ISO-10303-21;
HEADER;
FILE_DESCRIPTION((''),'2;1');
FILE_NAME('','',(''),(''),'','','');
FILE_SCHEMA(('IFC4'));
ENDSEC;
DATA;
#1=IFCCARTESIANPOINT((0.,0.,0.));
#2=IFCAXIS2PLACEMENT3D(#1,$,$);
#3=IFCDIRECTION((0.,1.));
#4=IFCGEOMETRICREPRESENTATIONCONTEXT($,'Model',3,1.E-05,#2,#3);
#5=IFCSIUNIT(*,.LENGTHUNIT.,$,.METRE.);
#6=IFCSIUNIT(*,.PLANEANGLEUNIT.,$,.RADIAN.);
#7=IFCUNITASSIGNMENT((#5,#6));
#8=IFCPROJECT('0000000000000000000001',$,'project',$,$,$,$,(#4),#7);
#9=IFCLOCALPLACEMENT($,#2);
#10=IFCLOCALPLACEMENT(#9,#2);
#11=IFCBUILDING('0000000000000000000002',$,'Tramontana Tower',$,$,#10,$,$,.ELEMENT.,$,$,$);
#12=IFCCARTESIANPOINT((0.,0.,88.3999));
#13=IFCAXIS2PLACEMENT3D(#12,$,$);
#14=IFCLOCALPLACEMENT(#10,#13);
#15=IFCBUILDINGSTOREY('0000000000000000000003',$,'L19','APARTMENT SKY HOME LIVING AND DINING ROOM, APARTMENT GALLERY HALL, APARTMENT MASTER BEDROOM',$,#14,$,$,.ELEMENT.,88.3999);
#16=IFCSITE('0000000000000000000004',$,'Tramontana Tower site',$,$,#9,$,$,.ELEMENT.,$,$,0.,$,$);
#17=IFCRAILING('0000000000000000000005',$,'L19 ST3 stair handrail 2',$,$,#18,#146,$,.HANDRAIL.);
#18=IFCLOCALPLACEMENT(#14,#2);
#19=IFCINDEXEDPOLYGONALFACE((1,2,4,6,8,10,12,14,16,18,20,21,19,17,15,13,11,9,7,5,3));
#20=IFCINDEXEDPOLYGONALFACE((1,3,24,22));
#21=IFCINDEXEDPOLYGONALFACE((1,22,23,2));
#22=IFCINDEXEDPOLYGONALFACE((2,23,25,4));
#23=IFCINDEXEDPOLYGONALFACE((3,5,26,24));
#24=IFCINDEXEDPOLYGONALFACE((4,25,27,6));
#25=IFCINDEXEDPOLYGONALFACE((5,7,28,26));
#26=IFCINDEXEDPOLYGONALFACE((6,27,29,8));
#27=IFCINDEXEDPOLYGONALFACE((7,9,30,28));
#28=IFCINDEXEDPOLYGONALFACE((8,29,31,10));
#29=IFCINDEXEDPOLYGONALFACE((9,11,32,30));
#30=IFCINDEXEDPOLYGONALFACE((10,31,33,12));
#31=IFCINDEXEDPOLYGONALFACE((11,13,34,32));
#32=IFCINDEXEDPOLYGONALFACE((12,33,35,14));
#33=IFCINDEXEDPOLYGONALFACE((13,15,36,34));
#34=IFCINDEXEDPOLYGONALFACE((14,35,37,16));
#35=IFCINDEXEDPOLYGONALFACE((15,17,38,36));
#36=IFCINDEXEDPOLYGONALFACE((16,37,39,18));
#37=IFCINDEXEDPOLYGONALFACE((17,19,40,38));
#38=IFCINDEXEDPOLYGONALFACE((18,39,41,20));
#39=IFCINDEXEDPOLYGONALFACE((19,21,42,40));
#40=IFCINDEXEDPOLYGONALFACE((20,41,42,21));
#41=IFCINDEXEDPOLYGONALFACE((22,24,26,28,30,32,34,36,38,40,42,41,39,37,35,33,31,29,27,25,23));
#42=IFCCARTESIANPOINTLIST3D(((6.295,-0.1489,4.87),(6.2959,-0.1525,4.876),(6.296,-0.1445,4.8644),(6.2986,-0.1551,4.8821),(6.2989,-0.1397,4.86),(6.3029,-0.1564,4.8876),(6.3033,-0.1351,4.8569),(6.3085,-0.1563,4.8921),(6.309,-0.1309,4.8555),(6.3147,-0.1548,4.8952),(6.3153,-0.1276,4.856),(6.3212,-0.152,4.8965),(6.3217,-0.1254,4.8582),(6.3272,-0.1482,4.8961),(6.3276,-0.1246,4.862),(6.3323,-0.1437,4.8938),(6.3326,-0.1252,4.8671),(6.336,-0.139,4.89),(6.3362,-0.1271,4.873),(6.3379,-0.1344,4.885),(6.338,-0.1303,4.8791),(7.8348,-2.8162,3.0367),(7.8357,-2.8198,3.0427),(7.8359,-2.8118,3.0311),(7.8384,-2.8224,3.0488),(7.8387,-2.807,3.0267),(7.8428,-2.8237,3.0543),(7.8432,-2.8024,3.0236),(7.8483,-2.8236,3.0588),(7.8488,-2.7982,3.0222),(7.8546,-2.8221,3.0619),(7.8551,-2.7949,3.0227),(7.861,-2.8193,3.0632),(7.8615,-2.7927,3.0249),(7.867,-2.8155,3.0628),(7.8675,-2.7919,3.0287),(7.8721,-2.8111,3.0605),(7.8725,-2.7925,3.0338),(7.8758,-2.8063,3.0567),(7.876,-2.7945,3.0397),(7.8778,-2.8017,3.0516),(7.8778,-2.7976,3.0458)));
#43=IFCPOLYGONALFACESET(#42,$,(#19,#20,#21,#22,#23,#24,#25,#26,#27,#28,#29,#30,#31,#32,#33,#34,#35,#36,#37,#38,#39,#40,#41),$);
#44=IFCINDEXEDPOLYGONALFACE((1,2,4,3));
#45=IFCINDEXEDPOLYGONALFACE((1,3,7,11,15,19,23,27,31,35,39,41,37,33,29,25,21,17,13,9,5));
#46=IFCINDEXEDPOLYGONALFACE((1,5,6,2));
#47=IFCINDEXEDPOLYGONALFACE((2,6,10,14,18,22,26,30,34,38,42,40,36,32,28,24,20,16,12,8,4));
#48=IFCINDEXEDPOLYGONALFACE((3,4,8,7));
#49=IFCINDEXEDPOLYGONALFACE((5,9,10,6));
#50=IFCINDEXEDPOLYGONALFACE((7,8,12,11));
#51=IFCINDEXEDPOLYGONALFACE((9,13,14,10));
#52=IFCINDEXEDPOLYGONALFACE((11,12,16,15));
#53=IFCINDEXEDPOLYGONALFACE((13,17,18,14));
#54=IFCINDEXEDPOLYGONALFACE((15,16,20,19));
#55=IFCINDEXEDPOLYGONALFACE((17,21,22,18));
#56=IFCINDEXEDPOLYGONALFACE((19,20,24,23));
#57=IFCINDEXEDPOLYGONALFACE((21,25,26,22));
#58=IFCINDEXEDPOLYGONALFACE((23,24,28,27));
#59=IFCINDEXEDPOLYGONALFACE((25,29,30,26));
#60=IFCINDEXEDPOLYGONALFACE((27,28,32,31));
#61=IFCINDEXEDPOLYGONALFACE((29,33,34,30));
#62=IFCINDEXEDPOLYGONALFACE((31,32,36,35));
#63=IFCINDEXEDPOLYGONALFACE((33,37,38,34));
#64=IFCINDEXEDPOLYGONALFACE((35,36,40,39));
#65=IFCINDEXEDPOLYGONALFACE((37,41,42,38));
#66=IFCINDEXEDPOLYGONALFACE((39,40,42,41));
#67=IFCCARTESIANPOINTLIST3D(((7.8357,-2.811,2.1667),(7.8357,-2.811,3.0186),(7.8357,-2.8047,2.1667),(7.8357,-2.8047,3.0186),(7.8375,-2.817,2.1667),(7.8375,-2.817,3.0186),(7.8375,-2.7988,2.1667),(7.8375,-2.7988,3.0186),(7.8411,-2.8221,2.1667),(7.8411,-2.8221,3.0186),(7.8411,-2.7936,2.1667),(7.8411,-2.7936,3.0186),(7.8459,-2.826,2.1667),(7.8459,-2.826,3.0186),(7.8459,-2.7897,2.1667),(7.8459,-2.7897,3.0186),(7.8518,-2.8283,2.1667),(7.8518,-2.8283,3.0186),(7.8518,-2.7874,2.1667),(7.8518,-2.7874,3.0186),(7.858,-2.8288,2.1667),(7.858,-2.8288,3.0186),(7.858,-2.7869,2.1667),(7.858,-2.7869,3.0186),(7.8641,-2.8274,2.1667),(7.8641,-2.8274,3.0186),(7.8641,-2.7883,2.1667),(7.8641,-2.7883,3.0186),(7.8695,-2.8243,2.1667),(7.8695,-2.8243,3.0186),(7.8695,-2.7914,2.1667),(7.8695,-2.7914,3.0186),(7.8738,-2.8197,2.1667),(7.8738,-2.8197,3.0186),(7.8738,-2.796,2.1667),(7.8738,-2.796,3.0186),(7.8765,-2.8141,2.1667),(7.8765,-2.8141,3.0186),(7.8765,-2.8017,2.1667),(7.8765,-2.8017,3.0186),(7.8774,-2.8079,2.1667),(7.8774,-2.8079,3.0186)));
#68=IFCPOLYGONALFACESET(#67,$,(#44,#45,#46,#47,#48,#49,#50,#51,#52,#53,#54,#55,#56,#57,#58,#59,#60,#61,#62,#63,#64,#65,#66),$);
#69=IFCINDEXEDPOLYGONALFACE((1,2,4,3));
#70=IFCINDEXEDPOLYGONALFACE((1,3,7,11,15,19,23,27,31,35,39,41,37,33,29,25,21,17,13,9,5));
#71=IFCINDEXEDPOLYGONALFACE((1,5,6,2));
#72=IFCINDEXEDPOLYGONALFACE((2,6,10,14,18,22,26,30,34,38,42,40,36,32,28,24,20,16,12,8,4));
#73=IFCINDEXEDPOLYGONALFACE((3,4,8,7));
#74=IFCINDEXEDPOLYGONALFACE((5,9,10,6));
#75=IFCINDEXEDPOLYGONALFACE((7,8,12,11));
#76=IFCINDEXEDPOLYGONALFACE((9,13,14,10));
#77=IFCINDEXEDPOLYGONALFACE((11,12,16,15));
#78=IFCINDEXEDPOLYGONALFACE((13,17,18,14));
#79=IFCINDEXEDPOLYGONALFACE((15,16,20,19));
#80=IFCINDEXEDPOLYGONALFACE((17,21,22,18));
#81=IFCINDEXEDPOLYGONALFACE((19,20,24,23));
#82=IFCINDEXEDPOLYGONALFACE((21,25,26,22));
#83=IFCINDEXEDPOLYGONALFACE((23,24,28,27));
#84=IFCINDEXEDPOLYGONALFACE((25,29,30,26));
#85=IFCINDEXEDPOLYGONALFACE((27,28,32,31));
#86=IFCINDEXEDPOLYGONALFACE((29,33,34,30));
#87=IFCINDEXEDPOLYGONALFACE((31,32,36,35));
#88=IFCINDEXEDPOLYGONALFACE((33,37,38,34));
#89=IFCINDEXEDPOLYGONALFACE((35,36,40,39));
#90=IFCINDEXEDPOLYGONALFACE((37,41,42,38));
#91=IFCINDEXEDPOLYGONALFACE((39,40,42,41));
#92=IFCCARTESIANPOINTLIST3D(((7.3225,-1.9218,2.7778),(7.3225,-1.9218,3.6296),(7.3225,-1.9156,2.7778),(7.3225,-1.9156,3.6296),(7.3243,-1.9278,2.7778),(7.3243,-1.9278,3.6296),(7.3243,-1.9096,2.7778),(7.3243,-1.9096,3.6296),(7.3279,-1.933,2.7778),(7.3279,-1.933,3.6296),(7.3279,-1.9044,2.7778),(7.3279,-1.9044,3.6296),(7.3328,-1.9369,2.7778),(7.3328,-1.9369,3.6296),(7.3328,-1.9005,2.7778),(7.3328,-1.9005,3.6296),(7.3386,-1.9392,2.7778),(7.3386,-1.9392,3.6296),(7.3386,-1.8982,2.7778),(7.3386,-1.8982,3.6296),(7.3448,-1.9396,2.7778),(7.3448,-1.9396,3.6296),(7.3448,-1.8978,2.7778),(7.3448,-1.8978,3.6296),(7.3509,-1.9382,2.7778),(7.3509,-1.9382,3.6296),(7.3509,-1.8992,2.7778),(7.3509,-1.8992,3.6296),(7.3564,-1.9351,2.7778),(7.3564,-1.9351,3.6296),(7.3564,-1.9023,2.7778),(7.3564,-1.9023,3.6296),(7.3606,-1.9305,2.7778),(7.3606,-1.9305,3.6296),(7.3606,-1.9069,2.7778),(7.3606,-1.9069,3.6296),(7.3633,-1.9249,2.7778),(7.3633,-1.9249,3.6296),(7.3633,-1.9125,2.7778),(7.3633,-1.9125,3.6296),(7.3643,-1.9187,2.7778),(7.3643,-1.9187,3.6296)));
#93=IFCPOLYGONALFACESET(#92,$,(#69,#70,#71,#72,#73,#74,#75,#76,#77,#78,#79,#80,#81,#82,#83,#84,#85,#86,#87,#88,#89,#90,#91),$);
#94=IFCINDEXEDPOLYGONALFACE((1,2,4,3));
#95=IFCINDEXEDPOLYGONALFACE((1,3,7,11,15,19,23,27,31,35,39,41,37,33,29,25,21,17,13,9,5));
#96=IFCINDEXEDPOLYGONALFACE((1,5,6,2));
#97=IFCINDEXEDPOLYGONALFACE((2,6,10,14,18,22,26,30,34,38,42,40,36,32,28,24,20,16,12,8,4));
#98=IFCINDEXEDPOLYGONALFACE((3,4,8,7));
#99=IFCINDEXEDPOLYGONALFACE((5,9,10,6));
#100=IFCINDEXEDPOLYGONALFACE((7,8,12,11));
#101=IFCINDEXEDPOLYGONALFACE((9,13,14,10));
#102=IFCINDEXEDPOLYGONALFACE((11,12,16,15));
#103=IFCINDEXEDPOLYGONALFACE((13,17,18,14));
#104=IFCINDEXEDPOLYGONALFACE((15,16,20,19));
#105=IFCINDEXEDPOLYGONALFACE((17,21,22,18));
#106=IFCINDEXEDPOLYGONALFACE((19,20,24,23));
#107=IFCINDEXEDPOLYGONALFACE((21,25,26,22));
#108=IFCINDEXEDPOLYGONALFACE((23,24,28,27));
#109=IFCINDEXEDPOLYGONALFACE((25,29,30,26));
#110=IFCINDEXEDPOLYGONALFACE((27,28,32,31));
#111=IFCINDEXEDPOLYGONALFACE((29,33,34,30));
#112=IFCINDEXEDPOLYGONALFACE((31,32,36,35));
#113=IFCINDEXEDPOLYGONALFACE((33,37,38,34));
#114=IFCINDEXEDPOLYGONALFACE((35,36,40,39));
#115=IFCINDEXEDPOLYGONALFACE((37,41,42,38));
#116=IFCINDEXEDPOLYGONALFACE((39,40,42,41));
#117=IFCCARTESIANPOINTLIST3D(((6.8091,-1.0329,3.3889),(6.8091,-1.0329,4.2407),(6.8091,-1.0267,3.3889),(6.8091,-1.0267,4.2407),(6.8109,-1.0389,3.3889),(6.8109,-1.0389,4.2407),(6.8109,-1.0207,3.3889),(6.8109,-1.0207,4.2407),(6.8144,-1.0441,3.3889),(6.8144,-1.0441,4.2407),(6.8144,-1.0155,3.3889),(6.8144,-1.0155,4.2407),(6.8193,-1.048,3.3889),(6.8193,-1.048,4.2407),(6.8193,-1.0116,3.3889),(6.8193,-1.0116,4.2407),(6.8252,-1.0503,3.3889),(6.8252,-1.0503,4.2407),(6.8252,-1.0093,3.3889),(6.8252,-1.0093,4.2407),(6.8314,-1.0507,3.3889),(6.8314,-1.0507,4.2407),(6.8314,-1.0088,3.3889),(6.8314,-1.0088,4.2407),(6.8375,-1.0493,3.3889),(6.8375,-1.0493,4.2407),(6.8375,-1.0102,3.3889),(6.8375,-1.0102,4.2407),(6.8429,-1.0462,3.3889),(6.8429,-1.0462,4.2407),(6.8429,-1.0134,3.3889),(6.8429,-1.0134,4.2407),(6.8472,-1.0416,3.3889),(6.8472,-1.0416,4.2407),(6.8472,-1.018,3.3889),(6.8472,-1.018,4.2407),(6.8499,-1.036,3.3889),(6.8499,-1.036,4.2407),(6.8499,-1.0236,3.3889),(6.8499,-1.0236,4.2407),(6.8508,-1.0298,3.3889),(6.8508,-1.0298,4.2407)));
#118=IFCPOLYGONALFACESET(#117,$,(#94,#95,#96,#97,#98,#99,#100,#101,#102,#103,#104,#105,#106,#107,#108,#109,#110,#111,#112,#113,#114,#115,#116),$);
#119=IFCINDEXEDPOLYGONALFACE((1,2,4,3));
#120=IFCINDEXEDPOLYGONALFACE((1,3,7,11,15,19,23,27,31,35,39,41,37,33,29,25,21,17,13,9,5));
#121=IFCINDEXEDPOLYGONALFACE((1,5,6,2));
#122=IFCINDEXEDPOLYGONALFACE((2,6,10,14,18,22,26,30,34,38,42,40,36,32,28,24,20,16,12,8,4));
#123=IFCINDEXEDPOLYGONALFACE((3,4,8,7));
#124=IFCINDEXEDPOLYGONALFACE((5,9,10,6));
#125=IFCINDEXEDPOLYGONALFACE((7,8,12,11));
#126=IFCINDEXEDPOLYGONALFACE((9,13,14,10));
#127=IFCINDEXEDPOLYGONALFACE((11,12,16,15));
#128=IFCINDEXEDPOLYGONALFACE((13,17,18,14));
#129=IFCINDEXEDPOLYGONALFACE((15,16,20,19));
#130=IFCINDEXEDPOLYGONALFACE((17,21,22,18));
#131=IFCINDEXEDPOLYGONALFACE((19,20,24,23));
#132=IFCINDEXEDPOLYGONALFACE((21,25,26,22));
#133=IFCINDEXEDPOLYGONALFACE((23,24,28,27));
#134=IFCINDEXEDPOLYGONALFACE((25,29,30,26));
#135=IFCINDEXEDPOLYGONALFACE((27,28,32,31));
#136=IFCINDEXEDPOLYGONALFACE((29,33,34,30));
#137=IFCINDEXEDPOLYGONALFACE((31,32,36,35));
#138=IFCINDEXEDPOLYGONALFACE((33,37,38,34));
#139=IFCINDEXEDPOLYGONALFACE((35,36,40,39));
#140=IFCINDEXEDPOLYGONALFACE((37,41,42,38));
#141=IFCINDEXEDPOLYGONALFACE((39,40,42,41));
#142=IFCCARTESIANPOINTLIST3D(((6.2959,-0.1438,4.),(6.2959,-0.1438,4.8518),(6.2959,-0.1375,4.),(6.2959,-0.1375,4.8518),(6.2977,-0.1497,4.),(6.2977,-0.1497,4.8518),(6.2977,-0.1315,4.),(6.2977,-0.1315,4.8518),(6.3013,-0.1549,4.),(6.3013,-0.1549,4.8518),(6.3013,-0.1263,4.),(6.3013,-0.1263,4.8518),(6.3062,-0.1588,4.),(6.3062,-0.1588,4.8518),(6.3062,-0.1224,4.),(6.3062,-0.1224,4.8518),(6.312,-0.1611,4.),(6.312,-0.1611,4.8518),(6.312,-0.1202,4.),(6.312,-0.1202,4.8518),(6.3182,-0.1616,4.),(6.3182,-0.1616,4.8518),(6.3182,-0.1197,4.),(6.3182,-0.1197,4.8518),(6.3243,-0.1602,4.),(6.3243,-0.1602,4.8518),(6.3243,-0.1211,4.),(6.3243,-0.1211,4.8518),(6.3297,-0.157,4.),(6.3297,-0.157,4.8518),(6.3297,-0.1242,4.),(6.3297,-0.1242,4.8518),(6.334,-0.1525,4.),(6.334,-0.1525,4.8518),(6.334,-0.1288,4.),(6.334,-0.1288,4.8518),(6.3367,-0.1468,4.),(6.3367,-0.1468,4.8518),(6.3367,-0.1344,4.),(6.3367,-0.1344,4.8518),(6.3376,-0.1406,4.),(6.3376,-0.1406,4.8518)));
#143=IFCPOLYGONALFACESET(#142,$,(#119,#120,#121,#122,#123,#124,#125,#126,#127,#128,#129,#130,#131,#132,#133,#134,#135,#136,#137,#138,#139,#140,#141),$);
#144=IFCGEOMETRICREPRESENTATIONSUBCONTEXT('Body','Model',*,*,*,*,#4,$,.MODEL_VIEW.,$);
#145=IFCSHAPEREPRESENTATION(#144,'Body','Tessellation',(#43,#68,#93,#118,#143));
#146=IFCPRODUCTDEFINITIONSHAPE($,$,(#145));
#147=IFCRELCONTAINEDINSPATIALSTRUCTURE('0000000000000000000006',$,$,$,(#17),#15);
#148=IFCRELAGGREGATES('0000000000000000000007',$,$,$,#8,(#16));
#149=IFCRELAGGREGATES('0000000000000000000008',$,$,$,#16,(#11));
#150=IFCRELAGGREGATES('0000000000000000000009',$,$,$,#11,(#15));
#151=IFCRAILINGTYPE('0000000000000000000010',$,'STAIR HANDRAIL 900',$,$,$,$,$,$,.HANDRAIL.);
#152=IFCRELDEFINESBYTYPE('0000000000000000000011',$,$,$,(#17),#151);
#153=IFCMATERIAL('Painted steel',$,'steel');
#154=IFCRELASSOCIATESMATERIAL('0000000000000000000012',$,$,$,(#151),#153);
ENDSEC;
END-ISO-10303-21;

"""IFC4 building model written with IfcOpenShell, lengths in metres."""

from ifc_helpers import new_model, si_unit, direction, frame, origin, origin_2d, place, context, subcontext, project, spatial, circle, extrude, material, type_object, element, save


model = new_model("IFC4")

# Units and contexts
model_context = context("Model", 3, precision=1e-05, world=origin(), true_north=direction((0.0, 1.0)))
body_context = subcontext(model_context, "Body", "Model", "MODEL_VIEW")
ifc_project = project(units=[si_unit("LENGTHUNIT", "METRE"), si_unit("PLANEANGLEUNIT", "RADIAN")], contexts=[model_context])

# Site, building, storey
site_placement = place(None, origin())
site = spatial("IfcSite", under=ifc_project, at=site_placement, Name="Tramontana Tower site", CompositionType="ELEMENT", RefElevation=0.0)
building_placement = place(site_placement, origin())
building = spatial("IfcBuilding", under=site, at=building_placement, Name="Tramontana Tower", CompositionType="ELEMENT")
storey_placement = place(building_placement, frame((0.0, 0.0, 88.3999)))
storey = spatial("IfcBuildingStorey", under=building, at=storey_placement, Name="L19", Description="APARTMENT SKY HOME LIVING AND DINING ROOM, APARTMENT GALLERY HALL, APARTMENT MASTER BEDROOM", CompositionType="ELEMENT", Elevation=88.3999)

# Railing
ifc_material_1 = material(Name="Painted steel", Category="steel")
railing_type_1 = type_object("IfcRailingType", Name="STAIR HANDRAIL 900", PredefinedType="HANDRAIL", material=ifc_material_1)
railing_1_placement = place(storey_placement, frame((7.8564, -2.8079, 2.1667)))
element("IfcRailing", 1, at=railing_1_placement, inside=storey, type_object=railing_type_1, Name="L19 ST3 stair handrail 2", PredefinedType="HANDRAIL", context=body_context, shape_type="SweptSolid", body=[
    extrude(circle(Radius=0.0239, at=origin_2d()), frame((0.0, 0.0, 0.876), z_axis=(-0.429616, 0.744181, 0.511493), x_axis=(-0.866044, -0.499967, 0.0)), (0.0, 0.0, 1.0), 3.5842),
    extrude(circle(Radius=0.021, at=origin_2d()), origin(), (0.0, 0.0, 1.0), 0.8518),
    extrude(circle(Radius=0.021, at=origin_2d()), frame((-0.5132, 0.8892, 0.6111)), (0.0, 0.0, 1.0), 0.8518),
    extrude(circle(Radius=0.021, at=origin_2d()), frame((-1.0266, 1.7781, 1.2222)), (0.0, 0.0, 1.0), 0.8518),
    extrude(circle(Radius=0.021, at=origin_2d()), frame((-1.5398, 2.6672, 1.8333)), (0.0, 0.0, 1.0), 0.8518),
])

save(model, "model.ifc")
